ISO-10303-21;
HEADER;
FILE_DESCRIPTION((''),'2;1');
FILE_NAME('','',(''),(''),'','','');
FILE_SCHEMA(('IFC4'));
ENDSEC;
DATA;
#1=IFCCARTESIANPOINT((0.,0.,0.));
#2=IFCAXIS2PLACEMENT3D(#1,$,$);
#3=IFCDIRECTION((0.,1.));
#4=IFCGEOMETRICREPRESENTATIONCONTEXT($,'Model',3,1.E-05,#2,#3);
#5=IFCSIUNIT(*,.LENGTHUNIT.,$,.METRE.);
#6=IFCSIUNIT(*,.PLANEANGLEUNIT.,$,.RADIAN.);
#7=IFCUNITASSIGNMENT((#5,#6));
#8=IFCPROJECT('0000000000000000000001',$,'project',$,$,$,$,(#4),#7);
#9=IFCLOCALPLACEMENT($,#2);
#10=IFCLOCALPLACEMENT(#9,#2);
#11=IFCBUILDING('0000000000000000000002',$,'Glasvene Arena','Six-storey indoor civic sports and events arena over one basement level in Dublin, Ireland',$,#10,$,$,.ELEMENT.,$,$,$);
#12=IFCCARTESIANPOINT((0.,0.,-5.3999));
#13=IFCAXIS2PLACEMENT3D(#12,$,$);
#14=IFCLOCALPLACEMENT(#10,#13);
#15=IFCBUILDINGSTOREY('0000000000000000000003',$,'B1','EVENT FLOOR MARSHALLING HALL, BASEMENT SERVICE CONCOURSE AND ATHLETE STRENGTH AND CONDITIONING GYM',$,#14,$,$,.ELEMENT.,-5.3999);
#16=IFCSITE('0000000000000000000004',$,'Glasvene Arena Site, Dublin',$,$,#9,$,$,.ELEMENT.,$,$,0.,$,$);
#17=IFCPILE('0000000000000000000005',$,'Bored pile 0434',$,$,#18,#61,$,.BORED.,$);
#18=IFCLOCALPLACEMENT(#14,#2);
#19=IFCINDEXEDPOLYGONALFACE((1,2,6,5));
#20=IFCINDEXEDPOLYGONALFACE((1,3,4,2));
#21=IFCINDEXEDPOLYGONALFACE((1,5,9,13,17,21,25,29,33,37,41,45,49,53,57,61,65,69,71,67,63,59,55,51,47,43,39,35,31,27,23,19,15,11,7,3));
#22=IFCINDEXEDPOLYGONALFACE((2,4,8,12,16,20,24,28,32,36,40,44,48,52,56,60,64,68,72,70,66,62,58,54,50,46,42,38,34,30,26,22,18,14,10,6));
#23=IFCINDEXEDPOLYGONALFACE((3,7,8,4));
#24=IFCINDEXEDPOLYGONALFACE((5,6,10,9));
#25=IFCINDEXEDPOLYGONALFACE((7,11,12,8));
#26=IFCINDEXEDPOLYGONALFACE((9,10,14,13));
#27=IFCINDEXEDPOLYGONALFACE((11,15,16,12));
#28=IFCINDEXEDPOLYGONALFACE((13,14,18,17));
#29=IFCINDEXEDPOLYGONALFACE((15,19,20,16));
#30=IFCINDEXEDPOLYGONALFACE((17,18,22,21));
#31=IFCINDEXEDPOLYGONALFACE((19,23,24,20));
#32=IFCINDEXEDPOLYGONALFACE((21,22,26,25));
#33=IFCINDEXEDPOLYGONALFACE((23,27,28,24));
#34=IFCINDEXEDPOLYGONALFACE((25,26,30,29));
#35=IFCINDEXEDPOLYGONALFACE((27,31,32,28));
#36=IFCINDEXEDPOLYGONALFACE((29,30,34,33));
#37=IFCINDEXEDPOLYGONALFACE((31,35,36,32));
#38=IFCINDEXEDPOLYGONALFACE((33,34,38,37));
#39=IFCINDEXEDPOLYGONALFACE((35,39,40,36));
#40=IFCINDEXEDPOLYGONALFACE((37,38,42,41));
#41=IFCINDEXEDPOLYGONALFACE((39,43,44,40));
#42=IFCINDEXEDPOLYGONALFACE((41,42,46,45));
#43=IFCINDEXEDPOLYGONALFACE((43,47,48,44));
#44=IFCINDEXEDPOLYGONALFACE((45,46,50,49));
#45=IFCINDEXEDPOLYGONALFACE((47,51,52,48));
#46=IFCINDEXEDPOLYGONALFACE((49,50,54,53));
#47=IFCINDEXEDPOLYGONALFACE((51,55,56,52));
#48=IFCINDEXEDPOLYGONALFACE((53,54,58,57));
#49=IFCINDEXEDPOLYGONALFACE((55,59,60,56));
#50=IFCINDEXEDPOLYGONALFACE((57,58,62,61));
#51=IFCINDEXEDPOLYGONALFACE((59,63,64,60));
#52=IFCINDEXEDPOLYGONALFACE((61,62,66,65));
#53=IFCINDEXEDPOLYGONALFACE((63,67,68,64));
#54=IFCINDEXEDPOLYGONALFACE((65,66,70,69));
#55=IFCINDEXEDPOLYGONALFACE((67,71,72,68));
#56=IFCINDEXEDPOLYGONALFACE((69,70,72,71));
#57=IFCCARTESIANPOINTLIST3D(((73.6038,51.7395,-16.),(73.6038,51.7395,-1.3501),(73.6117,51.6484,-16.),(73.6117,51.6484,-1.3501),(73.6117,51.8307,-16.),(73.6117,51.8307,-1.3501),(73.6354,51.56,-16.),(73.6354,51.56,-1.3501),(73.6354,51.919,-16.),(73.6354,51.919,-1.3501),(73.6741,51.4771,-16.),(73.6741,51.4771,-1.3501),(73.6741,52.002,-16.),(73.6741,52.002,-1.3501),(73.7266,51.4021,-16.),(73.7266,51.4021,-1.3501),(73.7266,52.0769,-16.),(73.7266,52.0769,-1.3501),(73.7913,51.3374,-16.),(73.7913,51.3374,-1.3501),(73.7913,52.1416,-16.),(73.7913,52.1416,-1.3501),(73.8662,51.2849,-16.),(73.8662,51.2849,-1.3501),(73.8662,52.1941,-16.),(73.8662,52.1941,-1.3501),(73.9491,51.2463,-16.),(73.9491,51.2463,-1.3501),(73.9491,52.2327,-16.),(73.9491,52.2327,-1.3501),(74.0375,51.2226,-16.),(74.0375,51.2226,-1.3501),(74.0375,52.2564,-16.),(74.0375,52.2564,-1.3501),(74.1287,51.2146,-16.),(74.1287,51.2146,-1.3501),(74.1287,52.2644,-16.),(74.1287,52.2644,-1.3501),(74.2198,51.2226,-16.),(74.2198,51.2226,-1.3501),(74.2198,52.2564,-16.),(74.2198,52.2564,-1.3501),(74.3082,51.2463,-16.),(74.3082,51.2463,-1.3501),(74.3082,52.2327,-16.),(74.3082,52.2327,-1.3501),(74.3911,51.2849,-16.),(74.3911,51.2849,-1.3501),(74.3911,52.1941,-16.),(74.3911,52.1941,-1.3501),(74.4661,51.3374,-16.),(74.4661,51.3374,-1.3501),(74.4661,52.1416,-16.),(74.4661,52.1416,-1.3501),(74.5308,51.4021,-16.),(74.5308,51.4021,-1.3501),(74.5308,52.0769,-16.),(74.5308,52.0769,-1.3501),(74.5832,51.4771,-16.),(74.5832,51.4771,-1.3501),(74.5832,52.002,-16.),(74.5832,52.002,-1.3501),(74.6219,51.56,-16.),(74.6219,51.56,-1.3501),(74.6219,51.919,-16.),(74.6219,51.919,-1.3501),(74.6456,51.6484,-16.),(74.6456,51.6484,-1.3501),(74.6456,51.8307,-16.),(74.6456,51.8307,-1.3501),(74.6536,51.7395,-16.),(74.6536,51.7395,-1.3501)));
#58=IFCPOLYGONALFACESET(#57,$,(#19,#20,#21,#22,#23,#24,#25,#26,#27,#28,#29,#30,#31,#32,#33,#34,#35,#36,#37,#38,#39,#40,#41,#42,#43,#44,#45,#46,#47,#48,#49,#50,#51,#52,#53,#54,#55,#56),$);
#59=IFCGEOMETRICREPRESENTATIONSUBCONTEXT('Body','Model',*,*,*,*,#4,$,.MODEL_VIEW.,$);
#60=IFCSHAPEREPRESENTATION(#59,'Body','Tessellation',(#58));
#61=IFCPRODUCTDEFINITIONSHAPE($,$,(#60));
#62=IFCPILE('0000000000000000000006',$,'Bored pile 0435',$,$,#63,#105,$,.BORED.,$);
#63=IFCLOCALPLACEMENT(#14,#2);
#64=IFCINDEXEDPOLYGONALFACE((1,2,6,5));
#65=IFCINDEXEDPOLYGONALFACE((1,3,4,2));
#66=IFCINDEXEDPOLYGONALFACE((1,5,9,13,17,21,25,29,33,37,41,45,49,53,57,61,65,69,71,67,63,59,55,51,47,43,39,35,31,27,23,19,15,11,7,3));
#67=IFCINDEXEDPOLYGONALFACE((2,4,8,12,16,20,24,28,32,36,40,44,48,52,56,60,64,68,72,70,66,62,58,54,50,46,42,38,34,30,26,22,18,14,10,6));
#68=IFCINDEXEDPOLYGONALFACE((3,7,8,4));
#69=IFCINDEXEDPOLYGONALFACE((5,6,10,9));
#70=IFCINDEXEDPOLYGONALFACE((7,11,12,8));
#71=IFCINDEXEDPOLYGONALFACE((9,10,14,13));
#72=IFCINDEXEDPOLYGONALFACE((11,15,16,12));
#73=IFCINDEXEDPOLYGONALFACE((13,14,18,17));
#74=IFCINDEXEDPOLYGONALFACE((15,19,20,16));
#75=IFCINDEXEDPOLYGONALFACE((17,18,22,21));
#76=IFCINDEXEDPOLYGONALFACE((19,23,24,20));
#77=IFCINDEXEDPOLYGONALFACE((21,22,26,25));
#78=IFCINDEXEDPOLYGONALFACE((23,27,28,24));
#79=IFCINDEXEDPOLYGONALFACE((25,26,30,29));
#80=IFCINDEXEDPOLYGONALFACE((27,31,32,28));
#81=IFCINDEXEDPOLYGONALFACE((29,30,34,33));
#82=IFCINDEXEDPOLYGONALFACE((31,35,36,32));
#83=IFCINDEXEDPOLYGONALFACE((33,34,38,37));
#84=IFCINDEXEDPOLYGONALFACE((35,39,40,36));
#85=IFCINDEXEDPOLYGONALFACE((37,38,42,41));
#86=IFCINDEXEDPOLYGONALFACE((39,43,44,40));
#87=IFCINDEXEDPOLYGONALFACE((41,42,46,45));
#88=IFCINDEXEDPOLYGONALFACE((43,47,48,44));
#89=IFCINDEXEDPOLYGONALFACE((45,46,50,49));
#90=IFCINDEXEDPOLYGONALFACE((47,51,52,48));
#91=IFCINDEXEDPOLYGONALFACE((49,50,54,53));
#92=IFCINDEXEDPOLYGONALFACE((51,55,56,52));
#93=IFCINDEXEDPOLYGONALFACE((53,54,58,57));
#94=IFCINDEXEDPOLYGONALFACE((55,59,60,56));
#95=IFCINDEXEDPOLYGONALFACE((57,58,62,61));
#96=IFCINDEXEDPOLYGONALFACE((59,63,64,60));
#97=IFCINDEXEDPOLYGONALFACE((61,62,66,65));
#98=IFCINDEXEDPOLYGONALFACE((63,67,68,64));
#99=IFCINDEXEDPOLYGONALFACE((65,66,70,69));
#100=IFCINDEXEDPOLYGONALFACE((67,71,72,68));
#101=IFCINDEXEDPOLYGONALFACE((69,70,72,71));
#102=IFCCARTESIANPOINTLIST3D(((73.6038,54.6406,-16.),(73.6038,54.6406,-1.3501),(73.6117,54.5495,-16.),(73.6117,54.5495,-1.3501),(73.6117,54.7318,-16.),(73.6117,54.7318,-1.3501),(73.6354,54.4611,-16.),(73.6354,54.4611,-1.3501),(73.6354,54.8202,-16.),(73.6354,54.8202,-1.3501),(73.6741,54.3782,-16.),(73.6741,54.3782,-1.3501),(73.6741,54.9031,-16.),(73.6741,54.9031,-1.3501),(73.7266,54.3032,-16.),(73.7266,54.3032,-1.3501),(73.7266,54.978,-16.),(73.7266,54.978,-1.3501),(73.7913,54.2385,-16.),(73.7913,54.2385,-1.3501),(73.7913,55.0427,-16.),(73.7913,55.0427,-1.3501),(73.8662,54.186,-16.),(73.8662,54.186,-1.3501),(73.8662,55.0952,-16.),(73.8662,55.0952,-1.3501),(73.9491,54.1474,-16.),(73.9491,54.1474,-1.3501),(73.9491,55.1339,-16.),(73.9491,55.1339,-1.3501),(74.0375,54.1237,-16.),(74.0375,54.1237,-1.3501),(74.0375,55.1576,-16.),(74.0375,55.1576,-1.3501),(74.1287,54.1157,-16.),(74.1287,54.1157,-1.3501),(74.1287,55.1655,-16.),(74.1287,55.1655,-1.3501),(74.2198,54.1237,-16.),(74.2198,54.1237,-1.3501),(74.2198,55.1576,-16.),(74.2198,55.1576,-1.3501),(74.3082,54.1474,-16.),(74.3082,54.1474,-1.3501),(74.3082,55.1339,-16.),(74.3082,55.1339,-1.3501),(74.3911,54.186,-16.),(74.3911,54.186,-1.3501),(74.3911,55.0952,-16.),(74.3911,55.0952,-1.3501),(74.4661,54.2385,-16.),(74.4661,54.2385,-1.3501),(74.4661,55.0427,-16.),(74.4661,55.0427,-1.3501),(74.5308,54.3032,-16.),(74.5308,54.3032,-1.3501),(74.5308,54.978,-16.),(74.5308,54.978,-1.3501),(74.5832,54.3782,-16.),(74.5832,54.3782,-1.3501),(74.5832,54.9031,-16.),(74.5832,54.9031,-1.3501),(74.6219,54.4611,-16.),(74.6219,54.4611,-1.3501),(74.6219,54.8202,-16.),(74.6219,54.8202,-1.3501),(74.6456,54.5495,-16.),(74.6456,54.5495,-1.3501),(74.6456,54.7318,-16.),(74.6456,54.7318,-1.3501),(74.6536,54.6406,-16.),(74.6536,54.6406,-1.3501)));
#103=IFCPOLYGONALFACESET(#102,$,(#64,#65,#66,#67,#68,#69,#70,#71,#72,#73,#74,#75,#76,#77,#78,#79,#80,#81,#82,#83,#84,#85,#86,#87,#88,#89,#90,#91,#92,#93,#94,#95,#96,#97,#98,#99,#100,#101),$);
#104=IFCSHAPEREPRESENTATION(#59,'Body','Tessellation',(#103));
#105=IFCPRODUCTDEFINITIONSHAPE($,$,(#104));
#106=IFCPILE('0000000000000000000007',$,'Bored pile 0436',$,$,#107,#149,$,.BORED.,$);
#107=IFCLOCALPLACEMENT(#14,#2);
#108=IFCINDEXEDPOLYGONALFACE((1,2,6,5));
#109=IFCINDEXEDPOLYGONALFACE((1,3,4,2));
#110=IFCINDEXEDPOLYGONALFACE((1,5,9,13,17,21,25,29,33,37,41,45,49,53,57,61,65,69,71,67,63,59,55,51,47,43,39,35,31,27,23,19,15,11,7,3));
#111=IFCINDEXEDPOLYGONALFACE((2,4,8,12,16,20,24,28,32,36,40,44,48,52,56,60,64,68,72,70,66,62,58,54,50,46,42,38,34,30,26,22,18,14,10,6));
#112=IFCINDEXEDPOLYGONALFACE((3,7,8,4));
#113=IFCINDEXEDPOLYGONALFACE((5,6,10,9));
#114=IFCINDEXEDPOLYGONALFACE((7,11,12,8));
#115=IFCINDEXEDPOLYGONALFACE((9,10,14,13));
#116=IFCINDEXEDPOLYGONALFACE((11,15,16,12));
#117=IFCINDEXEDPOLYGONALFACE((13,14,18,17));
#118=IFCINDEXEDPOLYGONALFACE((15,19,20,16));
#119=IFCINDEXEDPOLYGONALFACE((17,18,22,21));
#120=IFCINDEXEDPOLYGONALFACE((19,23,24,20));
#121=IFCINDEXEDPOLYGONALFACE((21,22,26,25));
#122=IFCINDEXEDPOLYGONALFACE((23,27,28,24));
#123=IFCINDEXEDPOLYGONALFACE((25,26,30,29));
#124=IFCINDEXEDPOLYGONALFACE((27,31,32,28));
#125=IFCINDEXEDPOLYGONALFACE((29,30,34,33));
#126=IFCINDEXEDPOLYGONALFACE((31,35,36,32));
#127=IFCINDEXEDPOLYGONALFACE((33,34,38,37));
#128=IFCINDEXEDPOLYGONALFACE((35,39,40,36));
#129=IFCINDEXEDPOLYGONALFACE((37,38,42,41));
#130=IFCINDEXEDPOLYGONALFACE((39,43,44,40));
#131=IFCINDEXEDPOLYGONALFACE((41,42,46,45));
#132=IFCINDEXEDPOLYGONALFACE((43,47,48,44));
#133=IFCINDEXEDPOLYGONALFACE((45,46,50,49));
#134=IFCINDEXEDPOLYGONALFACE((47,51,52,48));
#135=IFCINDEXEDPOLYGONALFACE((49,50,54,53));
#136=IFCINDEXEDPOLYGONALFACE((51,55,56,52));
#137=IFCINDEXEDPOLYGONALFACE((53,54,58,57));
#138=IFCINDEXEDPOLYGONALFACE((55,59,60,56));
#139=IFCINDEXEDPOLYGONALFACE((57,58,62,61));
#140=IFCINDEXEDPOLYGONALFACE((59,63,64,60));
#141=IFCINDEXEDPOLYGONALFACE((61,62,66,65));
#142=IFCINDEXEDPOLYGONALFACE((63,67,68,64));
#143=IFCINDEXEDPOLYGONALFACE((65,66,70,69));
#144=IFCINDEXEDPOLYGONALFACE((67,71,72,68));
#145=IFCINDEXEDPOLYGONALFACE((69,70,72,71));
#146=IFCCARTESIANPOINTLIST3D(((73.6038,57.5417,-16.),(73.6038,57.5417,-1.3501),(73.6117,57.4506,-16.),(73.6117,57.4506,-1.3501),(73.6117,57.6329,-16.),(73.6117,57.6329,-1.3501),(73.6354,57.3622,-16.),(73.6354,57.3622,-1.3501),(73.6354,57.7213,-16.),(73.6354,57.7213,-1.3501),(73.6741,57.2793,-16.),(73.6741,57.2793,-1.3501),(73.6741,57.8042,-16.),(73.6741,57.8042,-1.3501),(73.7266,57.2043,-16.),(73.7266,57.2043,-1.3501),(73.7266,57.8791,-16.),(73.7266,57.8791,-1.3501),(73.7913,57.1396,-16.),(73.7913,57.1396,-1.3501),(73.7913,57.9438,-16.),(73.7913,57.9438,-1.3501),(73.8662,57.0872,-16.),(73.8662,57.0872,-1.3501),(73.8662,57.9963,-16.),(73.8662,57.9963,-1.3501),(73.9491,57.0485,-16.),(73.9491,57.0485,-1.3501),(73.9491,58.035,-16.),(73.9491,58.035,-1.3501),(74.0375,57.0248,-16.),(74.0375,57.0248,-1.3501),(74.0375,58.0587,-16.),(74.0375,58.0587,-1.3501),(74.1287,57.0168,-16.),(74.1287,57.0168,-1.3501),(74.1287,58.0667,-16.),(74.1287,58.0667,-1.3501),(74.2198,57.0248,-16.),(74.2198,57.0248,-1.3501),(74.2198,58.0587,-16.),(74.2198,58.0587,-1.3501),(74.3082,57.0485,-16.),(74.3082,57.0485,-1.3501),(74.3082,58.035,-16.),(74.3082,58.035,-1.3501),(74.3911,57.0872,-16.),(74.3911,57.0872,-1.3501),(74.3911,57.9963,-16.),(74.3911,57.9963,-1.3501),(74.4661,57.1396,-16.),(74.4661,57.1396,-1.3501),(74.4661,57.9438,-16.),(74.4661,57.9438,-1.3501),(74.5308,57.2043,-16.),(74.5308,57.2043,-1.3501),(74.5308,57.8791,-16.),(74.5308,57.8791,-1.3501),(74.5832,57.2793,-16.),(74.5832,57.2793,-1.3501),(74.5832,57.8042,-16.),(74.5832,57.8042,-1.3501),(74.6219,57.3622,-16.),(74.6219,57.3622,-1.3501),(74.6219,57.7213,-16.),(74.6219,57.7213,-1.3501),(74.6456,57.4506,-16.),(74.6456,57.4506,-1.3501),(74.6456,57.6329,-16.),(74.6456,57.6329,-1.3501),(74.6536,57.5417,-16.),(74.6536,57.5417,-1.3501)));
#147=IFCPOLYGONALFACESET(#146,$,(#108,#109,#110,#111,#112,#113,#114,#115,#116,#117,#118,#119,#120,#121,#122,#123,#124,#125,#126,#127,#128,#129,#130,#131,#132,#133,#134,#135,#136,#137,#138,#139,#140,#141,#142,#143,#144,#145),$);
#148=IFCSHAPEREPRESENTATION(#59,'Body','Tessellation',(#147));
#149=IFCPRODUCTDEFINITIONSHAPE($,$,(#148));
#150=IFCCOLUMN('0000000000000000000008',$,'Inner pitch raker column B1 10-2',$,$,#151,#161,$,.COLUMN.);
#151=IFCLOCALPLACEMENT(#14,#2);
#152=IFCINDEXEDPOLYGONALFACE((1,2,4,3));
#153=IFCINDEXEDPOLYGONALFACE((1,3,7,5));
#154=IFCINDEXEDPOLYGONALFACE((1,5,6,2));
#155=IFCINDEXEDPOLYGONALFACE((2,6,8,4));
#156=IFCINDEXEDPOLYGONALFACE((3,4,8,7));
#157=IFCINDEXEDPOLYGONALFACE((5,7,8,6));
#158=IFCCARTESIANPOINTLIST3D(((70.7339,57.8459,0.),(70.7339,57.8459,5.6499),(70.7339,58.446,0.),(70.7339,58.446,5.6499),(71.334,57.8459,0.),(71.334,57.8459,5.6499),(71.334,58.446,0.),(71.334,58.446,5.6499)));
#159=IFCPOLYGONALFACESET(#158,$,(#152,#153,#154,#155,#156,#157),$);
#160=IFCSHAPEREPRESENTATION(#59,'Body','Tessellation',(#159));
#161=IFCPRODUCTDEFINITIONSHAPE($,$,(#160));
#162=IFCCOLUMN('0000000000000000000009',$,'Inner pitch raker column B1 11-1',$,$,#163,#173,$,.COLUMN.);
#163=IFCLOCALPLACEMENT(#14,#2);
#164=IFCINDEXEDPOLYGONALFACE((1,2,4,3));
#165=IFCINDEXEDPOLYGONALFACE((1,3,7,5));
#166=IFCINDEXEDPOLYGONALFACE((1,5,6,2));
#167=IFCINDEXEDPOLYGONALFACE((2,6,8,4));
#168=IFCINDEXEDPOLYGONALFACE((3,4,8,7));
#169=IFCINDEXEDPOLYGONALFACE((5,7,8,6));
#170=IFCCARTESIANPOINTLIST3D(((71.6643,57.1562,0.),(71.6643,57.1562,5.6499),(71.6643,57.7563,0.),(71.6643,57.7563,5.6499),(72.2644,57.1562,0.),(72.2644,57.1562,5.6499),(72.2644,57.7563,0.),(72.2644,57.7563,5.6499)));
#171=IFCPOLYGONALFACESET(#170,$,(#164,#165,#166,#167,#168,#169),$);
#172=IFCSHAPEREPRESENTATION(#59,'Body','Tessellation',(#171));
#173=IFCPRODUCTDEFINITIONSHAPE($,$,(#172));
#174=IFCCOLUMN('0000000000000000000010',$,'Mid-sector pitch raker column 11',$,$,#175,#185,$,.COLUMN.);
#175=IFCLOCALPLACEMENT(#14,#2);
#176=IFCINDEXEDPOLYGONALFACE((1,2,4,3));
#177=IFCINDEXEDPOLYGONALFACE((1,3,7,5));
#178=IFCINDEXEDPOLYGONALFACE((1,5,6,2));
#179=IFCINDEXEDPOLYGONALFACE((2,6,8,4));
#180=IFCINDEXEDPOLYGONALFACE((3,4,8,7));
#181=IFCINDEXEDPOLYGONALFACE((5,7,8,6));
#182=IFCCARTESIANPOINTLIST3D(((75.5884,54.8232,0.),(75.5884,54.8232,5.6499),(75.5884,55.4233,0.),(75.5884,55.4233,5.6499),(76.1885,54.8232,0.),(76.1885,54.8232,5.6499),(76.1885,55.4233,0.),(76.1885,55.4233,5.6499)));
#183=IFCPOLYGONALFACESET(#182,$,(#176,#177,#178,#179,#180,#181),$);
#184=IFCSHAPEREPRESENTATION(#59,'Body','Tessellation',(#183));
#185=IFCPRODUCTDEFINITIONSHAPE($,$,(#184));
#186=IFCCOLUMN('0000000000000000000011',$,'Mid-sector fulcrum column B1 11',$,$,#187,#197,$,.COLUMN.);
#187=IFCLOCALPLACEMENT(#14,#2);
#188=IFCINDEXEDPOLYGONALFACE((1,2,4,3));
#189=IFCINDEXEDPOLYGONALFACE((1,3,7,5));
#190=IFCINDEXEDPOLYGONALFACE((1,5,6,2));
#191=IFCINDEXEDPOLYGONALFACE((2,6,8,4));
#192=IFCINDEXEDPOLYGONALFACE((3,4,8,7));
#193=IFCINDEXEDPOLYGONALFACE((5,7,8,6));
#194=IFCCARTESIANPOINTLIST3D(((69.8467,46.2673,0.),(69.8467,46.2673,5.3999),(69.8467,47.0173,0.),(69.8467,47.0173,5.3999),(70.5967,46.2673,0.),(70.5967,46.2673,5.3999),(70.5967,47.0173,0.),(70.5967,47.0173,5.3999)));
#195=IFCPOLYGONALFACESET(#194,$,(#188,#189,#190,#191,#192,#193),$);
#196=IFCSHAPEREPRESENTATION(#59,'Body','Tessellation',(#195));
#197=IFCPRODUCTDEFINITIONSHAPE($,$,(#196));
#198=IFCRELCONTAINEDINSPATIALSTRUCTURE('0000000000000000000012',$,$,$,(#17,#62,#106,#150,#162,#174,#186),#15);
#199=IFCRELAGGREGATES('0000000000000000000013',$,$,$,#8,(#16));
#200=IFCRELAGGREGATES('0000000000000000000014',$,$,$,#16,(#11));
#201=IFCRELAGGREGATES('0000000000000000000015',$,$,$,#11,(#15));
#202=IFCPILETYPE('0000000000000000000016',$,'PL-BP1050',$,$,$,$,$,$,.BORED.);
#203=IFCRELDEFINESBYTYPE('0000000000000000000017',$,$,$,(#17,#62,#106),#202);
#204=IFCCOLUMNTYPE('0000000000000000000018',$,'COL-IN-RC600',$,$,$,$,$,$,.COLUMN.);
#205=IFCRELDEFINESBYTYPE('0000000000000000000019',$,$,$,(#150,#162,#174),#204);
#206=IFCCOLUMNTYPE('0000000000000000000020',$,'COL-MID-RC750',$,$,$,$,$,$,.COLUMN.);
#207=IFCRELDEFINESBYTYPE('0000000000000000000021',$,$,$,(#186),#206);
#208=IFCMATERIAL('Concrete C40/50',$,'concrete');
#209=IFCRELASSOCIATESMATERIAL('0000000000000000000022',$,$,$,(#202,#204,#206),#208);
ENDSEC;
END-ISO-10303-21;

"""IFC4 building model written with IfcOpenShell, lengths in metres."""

from ifc_helpers import new_model, si_unit, direction, frame, origin, origin_2d, place, context, subcontext, project, spatial, rectangle, circle, extrude, material, material_profile, profile_set, type_object, element, save


model = new_model("IFC4")

# Units and contexts
model_context = context("Model", 3, precision=1e-05, world=origin(), true_north=direction((0.0, 1.0)))
body_context = subcontext(model_context, "Body", "Model", "MODEL_VIEW")
ifc_project = project(units=[si_unit("LENGTHUNIT", "METRE"), si_unit("PLANEANGLEUNIT", "RADIAN")], contexts=[model_context])

# Site, building, storey
site_placement = place(None, origin())
site = spatial("IfcSite", under=ifc_project, at=site_placement, Name="Glasvene Arena Site, Dublin", CompositionType="ELEMENT", RefElevation=0.0)
building_placement = place(site_placement, origin())
building = spatial("IfcBuilding", under=site, at=building_placement, Name="Glasvene Arena", Description="Six-storey indoor civic sports and events arena over one basement level in Dublin, Ireland", CompositionType="ELEMENT")
storey_placement = place(building_placement, frame((0.0, 0.0, -5.3999)))
storey = spatial("IfcBuildingStorey", under=building, at=storey_placement, Name="B1", Description="EVENT FLOOR MARSHALLING HALL, BASEMENT SERVICE CONCOURSE AND ATHLETE STRENGTH AND CONDITIONING GYM", CompositionType="ELEMENT", Elevation=-5.3999)

# Piles
ifc_material_1 = material(Name="Concrete C40/50", Category="concrete")
ifc_material_profile_1 = material_profile(ifc_material_1, circle(Radius=0.5249, at=origin_2d()), Name="BORED PILE 1050")
ifc_profile_set_1 = profile_set([ifc_material_profile_1], Name="Concrete C40/50")
pile_type = type_object("IfcPileType", Name="PL-BP1050", PredefinedType="BORED", material=ifc_profile_set_1)
for number, where, z_axis, x_axis, name in (
    (1, (74.1287, 51.7395, -1.3501), (0.0, 0.0, -1.0), (1.0, 0.0, 0.0), "Bored pile 0434"),
    (2, (74.1287, 54.6406, -1.3501), (0.0, 0.0, -1.0), (1.0, 0.0, 0.0), "Bored pile 0435"),
    (3, (74.1287, 57.5417, -1.3501), (0.0, 0.0, -1.0), (1.0, 0.0, 0.0), "Bored pile 0436"),
):
    element("IfcPile", number, at=place(storey_placement, frame(where, z_axis=z_axis, x_axis=x_axis)), inside=storey, type_object=pile_type, Name=name, PredefinedType="BORED", context=body_context, shape_type="SweptSolid", body=[
        extrude(circle(Radius=0.5249, at=origin_2d()), origin(), (0.0, 0.0, 1.0), 14.6499),
    ])

# Columns
ifc_material_profile_2 = material_profile(ifc_material_1, rectangle(XDim=0.6001, YDim=0.6001, at=origin_2d()), Name="RC 600x600")
ifc_profile_set_2 = profile_set([ifc_material_profile_2], Name="Concrete C40/50")
column_type_1 = type_object("IfcColumnType", Name="COL-IN-RC600", PredefinedType="COLUMN", material=ifc_profile_set_2)
for number, where, z_axis, x_axis, name in (
    (4, (71.0339, 58.146, 0.0), (0.0, 0.0, 1.0), (1.0, 0.0, 0.0), "Inner pitch raker column B1 10-2"),
    (5, (71.9644, 57.4563, 0.0), (0.0, 0.0, 1.0), (1.0, 0.0, 0.0), "Inner pitch raker column B1 11-1"),
    (6, (75.8884, 55.1233, 0.0), (0.0, 0.0, 1.0), (1.0, 0.0, 0.0), "Mid-sector pitch raker column 11"),
):
    element("IfcColumn", number, at=place(storey_placement, frame(where, z_axis=z_axis, x_axis=x_axis)), inside=storey, type_object=column_type_1, Name=name, PredefinedType="COLUMN", context=body_context, shape_type="SweptSolid", body=[
        extrude(rectangle(XDim=0.6001, YDim=0.6001, at=origin_2d()), origin(), (0.0, 0.0, 1.0), 5.6499),
    ])
ifc_material_profile_3 = material_profile(ifc_material_1, rectangle(XDim=0.75, YDim=0.75, at=origin_2d()), Name="RC 750x750")
ifc_profile_set_3 = profile_set([ifc_material_profile_3], Name="Concrete C40/50")
column_type_2 = type_object("IfcColumnType", Name="COL-MID-RC750", PredefinedType="COLUMN", material=ifc_profile_set_3)
column_placement = place(storey_placement, frame((70.2217, 46.6423, 0.0), z_axis=(0.0, 0.0, 1.0), x_axis=(1.0, 0.0, 0.0)))
element("IfcColumn", 7, at=column_placement, inside=storey, type_object=column_type_2, Name="Mid-sector fulcrum column B1 11", PredefinedType="COLUMN", context=body_context, shape_type="SweptSolid", body=[
    extrude(rectangle(XDim=0.75, YDim=0.75, at=origin_2d()), origin(), (0.0, 0.0, 1.0), 5.3999),
])

save(model, "model.ifc")
